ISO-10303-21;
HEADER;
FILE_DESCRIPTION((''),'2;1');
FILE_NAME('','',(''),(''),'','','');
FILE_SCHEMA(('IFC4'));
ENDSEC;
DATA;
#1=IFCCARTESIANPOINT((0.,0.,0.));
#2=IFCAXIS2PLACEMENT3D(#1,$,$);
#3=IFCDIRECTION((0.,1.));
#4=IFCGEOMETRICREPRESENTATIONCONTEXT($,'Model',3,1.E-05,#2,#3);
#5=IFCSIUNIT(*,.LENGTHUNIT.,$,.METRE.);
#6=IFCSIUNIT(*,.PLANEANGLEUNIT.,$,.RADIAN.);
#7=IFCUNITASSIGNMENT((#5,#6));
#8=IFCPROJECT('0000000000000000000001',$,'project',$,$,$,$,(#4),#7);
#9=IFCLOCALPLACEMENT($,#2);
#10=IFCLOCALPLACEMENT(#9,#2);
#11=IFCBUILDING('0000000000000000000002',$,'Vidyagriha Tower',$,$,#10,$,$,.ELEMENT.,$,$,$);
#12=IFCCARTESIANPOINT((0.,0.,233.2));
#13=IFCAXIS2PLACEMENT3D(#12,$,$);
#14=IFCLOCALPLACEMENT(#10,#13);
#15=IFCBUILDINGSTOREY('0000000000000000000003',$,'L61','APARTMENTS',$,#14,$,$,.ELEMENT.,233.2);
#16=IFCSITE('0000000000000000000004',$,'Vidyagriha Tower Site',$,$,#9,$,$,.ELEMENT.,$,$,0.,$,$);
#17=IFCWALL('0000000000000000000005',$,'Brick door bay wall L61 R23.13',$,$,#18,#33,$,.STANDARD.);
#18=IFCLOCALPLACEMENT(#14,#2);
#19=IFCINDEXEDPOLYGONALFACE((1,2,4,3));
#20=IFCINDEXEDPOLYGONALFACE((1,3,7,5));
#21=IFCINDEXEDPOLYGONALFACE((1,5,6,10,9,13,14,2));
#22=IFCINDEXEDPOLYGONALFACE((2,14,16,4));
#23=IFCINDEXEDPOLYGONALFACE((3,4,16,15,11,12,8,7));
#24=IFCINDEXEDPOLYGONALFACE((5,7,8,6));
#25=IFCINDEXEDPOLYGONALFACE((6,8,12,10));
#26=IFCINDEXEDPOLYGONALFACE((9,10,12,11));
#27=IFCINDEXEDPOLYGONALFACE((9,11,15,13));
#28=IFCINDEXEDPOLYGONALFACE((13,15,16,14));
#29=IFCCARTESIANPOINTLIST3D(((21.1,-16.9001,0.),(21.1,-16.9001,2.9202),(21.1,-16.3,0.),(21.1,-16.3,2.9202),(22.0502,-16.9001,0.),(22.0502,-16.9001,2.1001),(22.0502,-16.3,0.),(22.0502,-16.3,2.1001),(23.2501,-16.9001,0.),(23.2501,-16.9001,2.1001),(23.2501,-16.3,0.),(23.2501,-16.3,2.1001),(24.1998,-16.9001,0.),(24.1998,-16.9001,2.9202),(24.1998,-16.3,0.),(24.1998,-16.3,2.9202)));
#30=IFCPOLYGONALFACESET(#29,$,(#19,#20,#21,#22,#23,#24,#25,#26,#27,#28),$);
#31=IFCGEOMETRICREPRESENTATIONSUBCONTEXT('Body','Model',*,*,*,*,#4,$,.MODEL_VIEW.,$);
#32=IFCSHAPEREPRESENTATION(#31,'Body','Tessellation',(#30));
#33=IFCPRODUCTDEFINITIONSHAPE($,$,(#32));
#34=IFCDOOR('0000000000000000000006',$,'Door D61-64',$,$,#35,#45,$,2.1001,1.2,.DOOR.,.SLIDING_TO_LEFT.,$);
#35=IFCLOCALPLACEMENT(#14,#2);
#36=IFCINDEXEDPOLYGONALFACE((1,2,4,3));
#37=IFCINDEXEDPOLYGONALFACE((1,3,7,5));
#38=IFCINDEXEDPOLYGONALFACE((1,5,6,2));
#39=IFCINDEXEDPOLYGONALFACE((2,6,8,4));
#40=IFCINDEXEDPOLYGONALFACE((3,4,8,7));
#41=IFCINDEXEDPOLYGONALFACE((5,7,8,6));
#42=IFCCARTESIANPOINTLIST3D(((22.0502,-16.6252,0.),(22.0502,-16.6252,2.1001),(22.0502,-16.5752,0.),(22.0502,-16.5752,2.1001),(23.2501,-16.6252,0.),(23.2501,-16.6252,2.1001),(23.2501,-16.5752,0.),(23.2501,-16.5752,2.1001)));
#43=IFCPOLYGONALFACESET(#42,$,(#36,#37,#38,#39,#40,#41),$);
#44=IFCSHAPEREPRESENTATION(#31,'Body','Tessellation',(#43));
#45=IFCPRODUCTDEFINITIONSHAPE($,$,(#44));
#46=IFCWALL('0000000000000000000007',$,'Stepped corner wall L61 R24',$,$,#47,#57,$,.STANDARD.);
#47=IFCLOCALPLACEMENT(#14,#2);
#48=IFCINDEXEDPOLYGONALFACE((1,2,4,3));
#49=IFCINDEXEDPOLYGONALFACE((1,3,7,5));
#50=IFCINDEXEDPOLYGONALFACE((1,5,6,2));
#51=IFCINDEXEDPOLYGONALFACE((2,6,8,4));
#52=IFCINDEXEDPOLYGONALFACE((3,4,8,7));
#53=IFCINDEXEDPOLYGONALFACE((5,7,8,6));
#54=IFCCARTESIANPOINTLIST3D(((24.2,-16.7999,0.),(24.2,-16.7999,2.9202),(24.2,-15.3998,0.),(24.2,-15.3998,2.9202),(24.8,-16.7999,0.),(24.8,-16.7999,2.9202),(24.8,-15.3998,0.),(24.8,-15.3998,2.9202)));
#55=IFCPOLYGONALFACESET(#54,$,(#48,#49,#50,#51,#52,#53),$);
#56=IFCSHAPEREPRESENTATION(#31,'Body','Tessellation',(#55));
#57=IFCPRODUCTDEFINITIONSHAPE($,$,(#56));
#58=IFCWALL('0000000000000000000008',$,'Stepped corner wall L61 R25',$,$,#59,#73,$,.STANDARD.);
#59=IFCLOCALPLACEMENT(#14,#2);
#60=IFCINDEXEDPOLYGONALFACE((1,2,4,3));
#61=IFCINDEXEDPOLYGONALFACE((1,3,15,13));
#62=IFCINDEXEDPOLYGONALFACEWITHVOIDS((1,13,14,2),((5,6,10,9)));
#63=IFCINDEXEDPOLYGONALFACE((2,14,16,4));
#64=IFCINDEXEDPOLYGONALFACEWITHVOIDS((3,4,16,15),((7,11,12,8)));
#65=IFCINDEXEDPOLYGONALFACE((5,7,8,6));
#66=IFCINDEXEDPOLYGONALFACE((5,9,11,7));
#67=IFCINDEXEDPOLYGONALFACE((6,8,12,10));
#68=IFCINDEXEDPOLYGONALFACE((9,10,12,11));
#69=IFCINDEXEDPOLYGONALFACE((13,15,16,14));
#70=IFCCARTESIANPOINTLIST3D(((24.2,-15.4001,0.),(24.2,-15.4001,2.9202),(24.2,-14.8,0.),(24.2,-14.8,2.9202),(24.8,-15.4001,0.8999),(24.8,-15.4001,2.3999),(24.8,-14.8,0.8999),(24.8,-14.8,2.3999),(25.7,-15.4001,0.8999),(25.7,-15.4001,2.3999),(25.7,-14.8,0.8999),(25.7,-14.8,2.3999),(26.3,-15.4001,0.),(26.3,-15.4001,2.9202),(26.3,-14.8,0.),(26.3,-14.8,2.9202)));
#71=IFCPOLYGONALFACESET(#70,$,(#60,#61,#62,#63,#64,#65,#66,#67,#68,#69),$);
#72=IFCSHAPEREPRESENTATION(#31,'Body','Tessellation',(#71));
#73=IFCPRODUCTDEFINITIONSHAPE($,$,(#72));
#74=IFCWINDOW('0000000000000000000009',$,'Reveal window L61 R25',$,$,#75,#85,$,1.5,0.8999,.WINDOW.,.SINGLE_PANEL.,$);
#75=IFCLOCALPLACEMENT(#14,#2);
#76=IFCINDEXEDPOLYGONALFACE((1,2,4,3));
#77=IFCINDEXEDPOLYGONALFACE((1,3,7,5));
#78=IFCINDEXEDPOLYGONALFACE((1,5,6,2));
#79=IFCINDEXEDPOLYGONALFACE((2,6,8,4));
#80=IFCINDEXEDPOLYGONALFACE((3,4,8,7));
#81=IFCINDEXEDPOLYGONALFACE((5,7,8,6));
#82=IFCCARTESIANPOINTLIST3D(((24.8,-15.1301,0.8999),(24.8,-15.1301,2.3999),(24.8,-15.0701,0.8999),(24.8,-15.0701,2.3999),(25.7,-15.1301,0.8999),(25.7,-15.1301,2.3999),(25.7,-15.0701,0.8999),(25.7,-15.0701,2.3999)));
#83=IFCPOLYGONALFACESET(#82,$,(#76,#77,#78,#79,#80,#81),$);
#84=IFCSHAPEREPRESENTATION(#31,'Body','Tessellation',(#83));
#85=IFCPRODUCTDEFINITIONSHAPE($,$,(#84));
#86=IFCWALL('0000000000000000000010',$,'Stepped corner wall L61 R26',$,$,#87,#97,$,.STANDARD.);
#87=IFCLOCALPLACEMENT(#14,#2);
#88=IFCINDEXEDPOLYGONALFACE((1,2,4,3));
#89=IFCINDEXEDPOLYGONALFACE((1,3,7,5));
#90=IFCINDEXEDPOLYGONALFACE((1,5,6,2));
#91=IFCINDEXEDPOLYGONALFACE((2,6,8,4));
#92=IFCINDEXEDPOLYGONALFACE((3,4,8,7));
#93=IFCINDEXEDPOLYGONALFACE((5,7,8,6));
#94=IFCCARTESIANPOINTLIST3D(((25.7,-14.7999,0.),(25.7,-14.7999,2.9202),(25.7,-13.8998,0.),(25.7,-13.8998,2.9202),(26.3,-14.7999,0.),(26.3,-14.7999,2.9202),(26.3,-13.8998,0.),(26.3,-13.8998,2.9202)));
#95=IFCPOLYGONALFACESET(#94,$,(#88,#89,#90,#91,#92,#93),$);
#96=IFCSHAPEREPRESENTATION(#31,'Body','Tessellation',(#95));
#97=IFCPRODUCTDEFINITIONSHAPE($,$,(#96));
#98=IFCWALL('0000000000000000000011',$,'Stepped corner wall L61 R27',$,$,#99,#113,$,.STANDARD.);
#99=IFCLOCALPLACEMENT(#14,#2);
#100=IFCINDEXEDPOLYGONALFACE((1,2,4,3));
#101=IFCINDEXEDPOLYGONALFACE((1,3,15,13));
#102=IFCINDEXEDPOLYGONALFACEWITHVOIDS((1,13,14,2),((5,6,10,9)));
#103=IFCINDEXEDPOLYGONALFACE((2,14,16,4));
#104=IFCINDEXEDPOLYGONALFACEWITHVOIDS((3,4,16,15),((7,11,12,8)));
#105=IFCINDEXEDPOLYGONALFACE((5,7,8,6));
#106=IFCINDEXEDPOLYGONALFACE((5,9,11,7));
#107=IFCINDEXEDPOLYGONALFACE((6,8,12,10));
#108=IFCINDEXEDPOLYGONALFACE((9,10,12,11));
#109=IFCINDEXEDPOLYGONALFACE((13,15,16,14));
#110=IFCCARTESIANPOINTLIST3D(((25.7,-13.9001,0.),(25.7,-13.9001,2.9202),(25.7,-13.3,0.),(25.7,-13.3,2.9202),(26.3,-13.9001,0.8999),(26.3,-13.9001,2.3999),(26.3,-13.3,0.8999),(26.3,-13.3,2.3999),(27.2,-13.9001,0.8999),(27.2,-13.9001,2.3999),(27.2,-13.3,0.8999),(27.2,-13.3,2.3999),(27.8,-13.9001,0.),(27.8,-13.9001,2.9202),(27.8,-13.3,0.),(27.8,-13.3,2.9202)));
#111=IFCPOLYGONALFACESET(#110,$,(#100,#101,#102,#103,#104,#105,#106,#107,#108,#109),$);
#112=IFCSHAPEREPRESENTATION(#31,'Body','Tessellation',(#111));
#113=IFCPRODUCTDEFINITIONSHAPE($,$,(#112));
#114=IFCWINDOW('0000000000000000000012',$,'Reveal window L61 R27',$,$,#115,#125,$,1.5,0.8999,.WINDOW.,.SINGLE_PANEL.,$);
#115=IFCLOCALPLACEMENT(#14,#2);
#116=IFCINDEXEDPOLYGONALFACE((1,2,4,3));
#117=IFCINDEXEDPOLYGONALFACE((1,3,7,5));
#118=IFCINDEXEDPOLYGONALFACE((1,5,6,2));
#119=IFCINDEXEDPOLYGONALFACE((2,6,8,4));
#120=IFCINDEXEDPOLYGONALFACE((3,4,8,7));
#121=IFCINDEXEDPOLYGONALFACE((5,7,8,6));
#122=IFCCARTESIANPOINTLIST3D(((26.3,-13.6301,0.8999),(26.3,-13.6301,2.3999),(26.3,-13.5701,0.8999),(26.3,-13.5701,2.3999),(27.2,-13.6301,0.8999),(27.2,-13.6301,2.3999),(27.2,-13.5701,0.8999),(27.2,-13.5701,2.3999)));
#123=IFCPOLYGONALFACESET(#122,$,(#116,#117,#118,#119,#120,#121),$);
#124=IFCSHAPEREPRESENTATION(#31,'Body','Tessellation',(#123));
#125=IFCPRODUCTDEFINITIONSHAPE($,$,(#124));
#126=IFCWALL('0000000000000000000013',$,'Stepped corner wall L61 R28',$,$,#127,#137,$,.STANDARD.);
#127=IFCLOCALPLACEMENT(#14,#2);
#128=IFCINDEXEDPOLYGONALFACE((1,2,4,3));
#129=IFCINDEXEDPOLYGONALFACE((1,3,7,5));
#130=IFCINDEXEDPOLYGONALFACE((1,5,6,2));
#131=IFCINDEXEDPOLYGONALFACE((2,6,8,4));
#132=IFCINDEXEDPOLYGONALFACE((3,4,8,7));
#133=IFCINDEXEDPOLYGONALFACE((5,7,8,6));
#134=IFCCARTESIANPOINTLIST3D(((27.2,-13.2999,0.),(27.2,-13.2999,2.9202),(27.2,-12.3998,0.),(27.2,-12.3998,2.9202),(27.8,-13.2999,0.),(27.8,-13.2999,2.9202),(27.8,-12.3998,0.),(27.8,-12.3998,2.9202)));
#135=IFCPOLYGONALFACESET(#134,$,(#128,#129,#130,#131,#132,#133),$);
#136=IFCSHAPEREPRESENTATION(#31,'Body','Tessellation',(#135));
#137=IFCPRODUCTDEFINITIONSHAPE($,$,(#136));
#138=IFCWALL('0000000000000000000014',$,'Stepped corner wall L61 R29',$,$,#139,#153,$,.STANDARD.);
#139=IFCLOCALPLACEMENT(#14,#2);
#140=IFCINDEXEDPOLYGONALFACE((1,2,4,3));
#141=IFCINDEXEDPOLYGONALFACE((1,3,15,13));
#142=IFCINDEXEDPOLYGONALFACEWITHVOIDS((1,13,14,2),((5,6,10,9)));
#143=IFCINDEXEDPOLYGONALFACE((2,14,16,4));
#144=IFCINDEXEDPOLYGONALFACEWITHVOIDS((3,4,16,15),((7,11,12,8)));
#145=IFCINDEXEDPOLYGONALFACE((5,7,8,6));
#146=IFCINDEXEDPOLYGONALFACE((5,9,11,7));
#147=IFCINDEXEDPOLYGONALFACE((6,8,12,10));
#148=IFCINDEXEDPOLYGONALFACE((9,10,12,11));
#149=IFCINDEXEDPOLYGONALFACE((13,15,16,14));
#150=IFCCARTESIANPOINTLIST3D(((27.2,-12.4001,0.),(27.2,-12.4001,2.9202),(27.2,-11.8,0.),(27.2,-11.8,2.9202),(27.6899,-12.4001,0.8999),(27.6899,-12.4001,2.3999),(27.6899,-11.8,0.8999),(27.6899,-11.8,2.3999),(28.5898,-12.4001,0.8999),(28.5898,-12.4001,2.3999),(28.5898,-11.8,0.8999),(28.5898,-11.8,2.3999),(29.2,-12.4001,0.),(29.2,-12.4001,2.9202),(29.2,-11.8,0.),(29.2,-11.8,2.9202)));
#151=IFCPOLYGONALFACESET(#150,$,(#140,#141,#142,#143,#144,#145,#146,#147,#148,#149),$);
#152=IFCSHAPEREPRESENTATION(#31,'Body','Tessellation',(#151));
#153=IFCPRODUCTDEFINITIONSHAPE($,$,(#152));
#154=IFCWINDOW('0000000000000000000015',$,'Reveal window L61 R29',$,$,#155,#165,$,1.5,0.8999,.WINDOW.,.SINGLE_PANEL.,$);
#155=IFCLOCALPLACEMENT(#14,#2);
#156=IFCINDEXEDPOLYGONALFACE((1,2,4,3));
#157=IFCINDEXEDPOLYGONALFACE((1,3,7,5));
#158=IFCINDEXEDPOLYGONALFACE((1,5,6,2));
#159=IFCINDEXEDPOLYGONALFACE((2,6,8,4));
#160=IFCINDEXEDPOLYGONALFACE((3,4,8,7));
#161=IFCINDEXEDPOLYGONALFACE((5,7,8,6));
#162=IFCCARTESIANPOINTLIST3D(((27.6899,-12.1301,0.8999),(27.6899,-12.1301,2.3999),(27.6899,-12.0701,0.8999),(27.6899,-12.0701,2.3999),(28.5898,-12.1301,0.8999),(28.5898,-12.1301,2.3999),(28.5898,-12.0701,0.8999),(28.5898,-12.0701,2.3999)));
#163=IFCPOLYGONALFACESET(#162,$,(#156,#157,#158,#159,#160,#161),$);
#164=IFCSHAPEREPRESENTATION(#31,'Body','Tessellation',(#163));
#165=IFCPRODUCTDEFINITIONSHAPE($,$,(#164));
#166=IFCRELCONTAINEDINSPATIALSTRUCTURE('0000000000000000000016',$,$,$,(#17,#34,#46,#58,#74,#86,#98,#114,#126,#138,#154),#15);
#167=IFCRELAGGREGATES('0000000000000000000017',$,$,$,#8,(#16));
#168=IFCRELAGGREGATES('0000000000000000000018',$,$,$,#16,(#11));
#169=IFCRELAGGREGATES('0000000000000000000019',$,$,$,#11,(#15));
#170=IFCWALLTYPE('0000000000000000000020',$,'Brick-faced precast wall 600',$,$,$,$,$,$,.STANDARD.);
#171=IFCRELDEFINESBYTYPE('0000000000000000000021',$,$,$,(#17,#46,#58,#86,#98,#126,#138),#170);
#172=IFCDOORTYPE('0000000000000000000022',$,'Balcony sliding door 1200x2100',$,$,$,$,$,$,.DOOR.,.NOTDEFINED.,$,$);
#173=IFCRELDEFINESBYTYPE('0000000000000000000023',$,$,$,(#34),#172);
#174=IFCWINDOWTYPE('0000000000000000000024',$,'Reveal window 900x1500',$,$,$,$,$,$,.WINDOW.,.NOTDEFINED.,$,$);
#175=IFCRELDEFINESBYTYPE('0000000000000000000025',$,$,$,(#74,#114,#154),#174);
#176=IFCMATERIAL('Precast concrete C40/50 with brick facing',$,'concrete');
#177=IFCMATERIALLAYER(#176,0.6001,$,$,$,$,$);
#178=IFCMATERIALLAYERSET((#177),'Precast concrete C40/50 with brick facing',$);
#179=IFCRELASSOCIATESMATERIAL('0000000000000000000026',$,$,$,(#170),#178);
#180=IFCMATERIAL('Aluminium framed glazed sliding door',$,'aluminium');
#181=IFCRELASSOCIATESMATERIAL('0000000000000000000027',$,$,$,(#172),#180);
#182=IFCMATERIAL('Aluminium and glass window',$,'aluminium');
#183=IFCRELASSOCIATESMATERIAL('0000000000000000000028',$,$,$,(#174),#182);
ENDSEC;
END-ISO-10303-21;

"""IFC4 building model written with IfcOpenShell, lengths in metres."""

from ifc_helpers import new_model, si_unit, direction, frame, frame_2d, origin, place, context, subcontext, project, spatial, rectangle, extrude, material, layer, layer_set, type_object, element, fill, save


model = new_model("IFC4")

# Units and contexts
model_context = context("Model", 3, precision=1e-05, world=origin(), true_north=direction((0.0, 1.0)))
body_context = subcontext(model_context, "Body", "Model", "MODEL_VIEW")
ifc_project = project(units=[si_unit("LENGTHUNIT", "METRE"), si_unit("PLANEANGLEUNIT", "RADIAN")], contexts=[model_context])

# Site, building, storey
site_placement = place(None, origin())
site = spatial("IfcSite", under=ifc_project, at=site_placement, Name="Vidyagriha Tower Site", CompositionType="ELEMENT", RefElevation=0.0)
building_placement = place(site_placement, origin())
building = spatial("IfcBuilding", under=site, at=building_placement, Name="Vidyagriha Tower", CompositionType="ELEMENT")
storey_placement = place(building_placement, frame((0.0, 0.0, 233.2)))
storey = spatial("IfcBuildingStorey", under=building, at=storey_placement, Name="L61", Description="APARTMENTS", CompositionType="ELEMENT", Elevation=233.2)

# Wall, opening, door
ifc_material_1 = material(Name="Precast concrete C40/50 with brick facing", Category="concrete")
ifc_layer_1 = layer(ifc_material_1, 0.6001)
ifc_layer_set_1 = layer_set([ifc_layer_1], Name="Precast concrete C40/50 with brick facing")
wall_type_1 = type_object("IfcWallType", Name="Brick-faced precast wall 600", PredefinedType="STANDARD", material=ifc_layer_set_1)
wall_1_placement = place(storey_placement, frame((21.1001, -16.6001, 0.0)))
wall_1 = element("IfcWall", 1, at=wall_1_placement, inside=storey, type_object=wall_type_1, Name="Brick door bay wall L61 R23.13", PredefinedType="STANDARD", context=body_context, shape_type="SweptSolid", body=[
    extrude(rectangle(XDim=3.0999, YDim=0.6001, at=frame_2d((1.5498, 0.0))), origin(), (0.0, 0.0, 1.0), 2.9202),
])
opening_1_placement = place(wall_1_placement, frame((0.95, 0.0, 0.0)))
opening_1 = element("IfcOpeningElement", 2, at=opening_1_placement, cuts=wall_1, PredefinedType="OPENING", context=body_context, shape_type="SweptSolid", body=[
    extrude(rectangle(XDim=1.2, YDim=2.1001, at=frame_2d((0.6001, 1.05))), frame((0.0, 0.3101, 0.0), z_axis=(0.0, -1.0, 0.0), x_axis=(1.0, 0.0, 0.0)), (0.0, 0.0, 1.0), 0.6201),
])
ifc_material_2 = material(Name="Aluminium framed glazed sliding door", Category="aluminium")
door_type_1 = type_object("IfcDoorType", Name="Balcony sliding door 1200x2100", OperationType="NOTDEFINED", PredefinedType="DOOR", material=ifc_material_2)
door_1_placement = place(opening_1_placement, origin())
door_1 = element("IfcDoor", 3, at=door_1_placement, inside=storey, type_object=door_type_1, Name="Door D61-64", OperationType="SLIDING_TO_LEFT", OverallHeight=2.1001, OverallWidth=1.2, PredefinedType="DOOR", context=body_context, shape_type="SweptSolid", body=[
    extrude(rectangle(XDim=1.2, YDim=2.1001, at=frame_2d((0.6001, 1.05))), frame((0.0, 0.0249, 0.0), z_axis=(0.0, -1.0, 0.0), x_axis=(1.0, 0.0, 0.0)), (0.0, 0.0, 1.0), 0.05),
])
fill(opening_1, door_1)

# Wall
wall_2_placement = place(storey_placement, frame((24.5, -16.8, 0.0), z_axis=(0.0, 0.0, 1.0), x_axis=(0.0, 1.0, 0.0)))
element("IfcWall", 4, at=wall_2_placement, inside=storey, type_object=wall_type_1, Name="Stepped corner wall L61 R24", PredefinedType="STANDARD", context=body_context, shape_type="SweptSolid", body=[
    extrude(rectangle(XDim=1.4001, YDim=0.6001, at=frame_2d((0.7002, 0.0))), origin(), (0.0, 0.0, 1.0), 2.9202),
])

# Wall, opening, window
wall_3_placement = place(storey_placement, frame((24.2, -15.1001, 0.0)))
wall_3 = element("IfcWall", 5, at=wall_3_placement, inside=storey, type_object=wall_type_1, Name="Stepped corner wall L61 R25", PredefinedType="STANDARD", context=body_context, shape_type="SweptSolid", body=[
    extrude(rectangle(XDim=2.1001, YDim=0.6001, at=frame_2d((1.05, 0.0))), origin(), (0.0, 0.0, 1.0), 2.9202),
])
opening_2_placement = place(wall_3_placement, frame((0.6001, 0.0, 0.8999)))
opening_2 = element("IfcOpeningElement", 6, at=opening_2_placement, cuts=wall_3, PredefinedType="OPENING", context=body_context, shape_type="SweptSolid", body=[
    extrude(rectangle(XDim=0.8999, YDim=1.5, at=frame_2d((0.45, 0.75))), frame((0.0, 0.3101, 0.0), z_axis=(0.0, -1.0, 0.0), x_axis=(1.0, 0.0, 0.0)), (0.0, 0.0, 1.0), 0.6201),
])
ifc_material_3 = material(Name="Aluminium and glass window", Category="aluminium")
window_type = type_object("IfcWindowType", Name="Reveal window 900x1500", PartitioningType="NOTDEFINED", PredefinedType="WINDOW", material=ifc_material_3)
window_1_placement = place(opening_2_placement, origin())
window_1 = element("IfcWindow", 7, at=window_1_placement, inside=storey, type_object=window_type, Name="Reveal window L61 R25", OverallHeight=1.5, OverallWidth=0.8999, PartitioningType="SINGLE_PANEL", PredefinedType="WINDOW", context=body_context, shape_type="SweptSolid", body=[
    extrude(rectangle(XDim=0.8999, YDim=1.5, at=frame_2d((0.45, 0.75))), frame((0.0, 0.03, 0.0), z_axis=(0.0, -1.0, 0.0), x_axis=(1.0, 0.0, 0.0)), (0.0, 0.0, 1.0), 0.0601),
])
fill(opening_2, window_1)

# Wall
wall_4_placement = place(storey_placement, frame((26.0, -14.8, 0.0), z_axis=(0.0, 0.0, 1.0), x_axis=(0.0, 1.0, 0.0)))
element("IfcWall", 8, at=wall_4_placement, inside=storey, type_object=wall_type_1, Name="Stepped corner wall L61 R26", PredefinedType="STANDARD", context=body_context, shape_type="SweptSolid", body=[
    extrude(rectangle(XDim=0.9001, YDim=0.6001, at=frame_2d((0.4502, 0.0))), origin(), (0.0, 0.0, 1.0), 2.9202),
])

# Wall, opening, window
wall_5_placement = place(storey_placement, frame((25.7, -13.6001, 0.0)))
wall_5 = element("IfcWall", 9, at=wall_5_placement, inside=storey, type_object=wall_type_1, Name="Stepped corner wall L61 R27", PredefinedType="STANDARD", context=body_context, shape_type="SweptSolid", body=[
    extrude(rectangle(XDim=2.1001, YDim=0.6001, at=frame_2d((1.05, 0.0))), origin(), (0.0, 0.0, 1.0), 2.9202),
])
opening_3_placement = place(wall_5_placement, frame((0.6001, 0.0, 0.8999)))
opening_3 = element("IfcOpeningElement", 10, at=opening_3_placement, cuts=wall_5, PredefinedType="OPENING", context=body_context, shape_type="SweptSolid", body=[
    extrude(rectangle(XDim=0.8999, YDim=1.5, at=frame_2d((0.45, 0.75))), frame((0.0, 0.3101, 0.0), z_axis=(0.0, -1.0, 0.0), x_axis=(1.0, 0.0, 0.0)), (0.0, 0.0, 1.0), 0.6201),
])
window_2_placement = place(opening_3_placement, origin())
window_2 = element("IfcWindow", 11, at=window_2_placement, inside=storey, type_object=window_type, Name="Reveal window L61 R27", OverallHeight=1.5, OverallWidth=0.8999, PartitioningType="SINGLE_PANEL", PredefinedType="WINDOW", context=body_context, shape_type="SweptSolid", body=[
    extrude(rectangle(XDim=0.8999, YDim=1.5, at=frame_2d((0.45, 0.75))), frame((0.0, 0.03, 0.0), z_axis=(0.0, -1.0, 0.0), x_axis=(1.0, 0.0, 0.0)), (0.0, 0.0, 1.0), 0.0601),
])
fill(opening_3, window_2)

# Wall
wall_6_placement = place(storey_placement, frame((27.5, -13.3, 0.0), z_axis=(0.0, 0.0, 1.0), x_axis=(0.0, 1.0, 0.0)))
element("IfcWall", 12, at=wall_6_placement, inside=storey, type_object=wall_type_1, Name="Stepped corner wall L61 R28", PredefinedType="STANDARD", context=body_context, shape_type="SweptSolid", body=[
    extrude(rectangle(XDim=0.9001, YDim=0.6001, at=frame_2d((0.4502, 0.0))), origin(), (0.0, 0.0, 1.0), 2.9202),
])

# Wall, opening, window
wall_7_placement = place(storey_placement, frame((27.2, -12.1001, 0.0)))
wall_7 = element("IfcWall", 13, at=wall_7_placement, inside=storey, type_object=wall_type_1, Name="Stepped corner wall L61 R29", PredefinedType="STANDARD", context=body_context, shape_type="SweptSolid", body=[
    extrude(rectangle(XDim=2.0, YDim=0.6001, at=frame_2d((1.0, 0.0))), origin(), (0.0, 0.0, 1.0), 2.9202),
])
opening_4_placement = place(wall_7_placement, frame((0.49, 0.0, 0.8999)))
opening_4 = element("IfcOpeningElement", 14, at=opening_4_placement, cuts=wall_7, PredefinedType="OPENING", context=body_context, shape_type="SweptSolid", body=[
    extrude(rectangle(XDim=0.8999, YDim=1.5, at=frame_2d((0.45, 0.75))), frame((0.0, 0.3101, 0.0), z_axis=(0.0, -1.0, 0.0), x_axis=(1.0, 0.0, 0.0)), (0.0, 0.0, 1.0), 0.6201),
])
window_3_placement = place(opening_4_placement, origin())
window_3 = element("IfcWindow", 15, at=window_3_placement, inside=storey, type_object=window_type, Name="Reveal window L61 R29", OverallHeight=1.5, OverallWidth=0.8999, PartitioningType="SINGLE_PANEL", PredefinedType="WINDOW", context=body_context, shape_type="SweptSolid", body=[
    extrude(rectangle(XDim=0.8999, YDim=1.5, at=frame_2d((0.45, 0.75))), frame((0.0, 0.03, 0.0), z_axis=(0.0, -1.0, 0.0), x_axis=(1.0, 0.0, 0.0)), (0.0, 0.0, 1.0), 0.0601),
])
fill(opening_4, window_3)

save(model, "model.ifc")
